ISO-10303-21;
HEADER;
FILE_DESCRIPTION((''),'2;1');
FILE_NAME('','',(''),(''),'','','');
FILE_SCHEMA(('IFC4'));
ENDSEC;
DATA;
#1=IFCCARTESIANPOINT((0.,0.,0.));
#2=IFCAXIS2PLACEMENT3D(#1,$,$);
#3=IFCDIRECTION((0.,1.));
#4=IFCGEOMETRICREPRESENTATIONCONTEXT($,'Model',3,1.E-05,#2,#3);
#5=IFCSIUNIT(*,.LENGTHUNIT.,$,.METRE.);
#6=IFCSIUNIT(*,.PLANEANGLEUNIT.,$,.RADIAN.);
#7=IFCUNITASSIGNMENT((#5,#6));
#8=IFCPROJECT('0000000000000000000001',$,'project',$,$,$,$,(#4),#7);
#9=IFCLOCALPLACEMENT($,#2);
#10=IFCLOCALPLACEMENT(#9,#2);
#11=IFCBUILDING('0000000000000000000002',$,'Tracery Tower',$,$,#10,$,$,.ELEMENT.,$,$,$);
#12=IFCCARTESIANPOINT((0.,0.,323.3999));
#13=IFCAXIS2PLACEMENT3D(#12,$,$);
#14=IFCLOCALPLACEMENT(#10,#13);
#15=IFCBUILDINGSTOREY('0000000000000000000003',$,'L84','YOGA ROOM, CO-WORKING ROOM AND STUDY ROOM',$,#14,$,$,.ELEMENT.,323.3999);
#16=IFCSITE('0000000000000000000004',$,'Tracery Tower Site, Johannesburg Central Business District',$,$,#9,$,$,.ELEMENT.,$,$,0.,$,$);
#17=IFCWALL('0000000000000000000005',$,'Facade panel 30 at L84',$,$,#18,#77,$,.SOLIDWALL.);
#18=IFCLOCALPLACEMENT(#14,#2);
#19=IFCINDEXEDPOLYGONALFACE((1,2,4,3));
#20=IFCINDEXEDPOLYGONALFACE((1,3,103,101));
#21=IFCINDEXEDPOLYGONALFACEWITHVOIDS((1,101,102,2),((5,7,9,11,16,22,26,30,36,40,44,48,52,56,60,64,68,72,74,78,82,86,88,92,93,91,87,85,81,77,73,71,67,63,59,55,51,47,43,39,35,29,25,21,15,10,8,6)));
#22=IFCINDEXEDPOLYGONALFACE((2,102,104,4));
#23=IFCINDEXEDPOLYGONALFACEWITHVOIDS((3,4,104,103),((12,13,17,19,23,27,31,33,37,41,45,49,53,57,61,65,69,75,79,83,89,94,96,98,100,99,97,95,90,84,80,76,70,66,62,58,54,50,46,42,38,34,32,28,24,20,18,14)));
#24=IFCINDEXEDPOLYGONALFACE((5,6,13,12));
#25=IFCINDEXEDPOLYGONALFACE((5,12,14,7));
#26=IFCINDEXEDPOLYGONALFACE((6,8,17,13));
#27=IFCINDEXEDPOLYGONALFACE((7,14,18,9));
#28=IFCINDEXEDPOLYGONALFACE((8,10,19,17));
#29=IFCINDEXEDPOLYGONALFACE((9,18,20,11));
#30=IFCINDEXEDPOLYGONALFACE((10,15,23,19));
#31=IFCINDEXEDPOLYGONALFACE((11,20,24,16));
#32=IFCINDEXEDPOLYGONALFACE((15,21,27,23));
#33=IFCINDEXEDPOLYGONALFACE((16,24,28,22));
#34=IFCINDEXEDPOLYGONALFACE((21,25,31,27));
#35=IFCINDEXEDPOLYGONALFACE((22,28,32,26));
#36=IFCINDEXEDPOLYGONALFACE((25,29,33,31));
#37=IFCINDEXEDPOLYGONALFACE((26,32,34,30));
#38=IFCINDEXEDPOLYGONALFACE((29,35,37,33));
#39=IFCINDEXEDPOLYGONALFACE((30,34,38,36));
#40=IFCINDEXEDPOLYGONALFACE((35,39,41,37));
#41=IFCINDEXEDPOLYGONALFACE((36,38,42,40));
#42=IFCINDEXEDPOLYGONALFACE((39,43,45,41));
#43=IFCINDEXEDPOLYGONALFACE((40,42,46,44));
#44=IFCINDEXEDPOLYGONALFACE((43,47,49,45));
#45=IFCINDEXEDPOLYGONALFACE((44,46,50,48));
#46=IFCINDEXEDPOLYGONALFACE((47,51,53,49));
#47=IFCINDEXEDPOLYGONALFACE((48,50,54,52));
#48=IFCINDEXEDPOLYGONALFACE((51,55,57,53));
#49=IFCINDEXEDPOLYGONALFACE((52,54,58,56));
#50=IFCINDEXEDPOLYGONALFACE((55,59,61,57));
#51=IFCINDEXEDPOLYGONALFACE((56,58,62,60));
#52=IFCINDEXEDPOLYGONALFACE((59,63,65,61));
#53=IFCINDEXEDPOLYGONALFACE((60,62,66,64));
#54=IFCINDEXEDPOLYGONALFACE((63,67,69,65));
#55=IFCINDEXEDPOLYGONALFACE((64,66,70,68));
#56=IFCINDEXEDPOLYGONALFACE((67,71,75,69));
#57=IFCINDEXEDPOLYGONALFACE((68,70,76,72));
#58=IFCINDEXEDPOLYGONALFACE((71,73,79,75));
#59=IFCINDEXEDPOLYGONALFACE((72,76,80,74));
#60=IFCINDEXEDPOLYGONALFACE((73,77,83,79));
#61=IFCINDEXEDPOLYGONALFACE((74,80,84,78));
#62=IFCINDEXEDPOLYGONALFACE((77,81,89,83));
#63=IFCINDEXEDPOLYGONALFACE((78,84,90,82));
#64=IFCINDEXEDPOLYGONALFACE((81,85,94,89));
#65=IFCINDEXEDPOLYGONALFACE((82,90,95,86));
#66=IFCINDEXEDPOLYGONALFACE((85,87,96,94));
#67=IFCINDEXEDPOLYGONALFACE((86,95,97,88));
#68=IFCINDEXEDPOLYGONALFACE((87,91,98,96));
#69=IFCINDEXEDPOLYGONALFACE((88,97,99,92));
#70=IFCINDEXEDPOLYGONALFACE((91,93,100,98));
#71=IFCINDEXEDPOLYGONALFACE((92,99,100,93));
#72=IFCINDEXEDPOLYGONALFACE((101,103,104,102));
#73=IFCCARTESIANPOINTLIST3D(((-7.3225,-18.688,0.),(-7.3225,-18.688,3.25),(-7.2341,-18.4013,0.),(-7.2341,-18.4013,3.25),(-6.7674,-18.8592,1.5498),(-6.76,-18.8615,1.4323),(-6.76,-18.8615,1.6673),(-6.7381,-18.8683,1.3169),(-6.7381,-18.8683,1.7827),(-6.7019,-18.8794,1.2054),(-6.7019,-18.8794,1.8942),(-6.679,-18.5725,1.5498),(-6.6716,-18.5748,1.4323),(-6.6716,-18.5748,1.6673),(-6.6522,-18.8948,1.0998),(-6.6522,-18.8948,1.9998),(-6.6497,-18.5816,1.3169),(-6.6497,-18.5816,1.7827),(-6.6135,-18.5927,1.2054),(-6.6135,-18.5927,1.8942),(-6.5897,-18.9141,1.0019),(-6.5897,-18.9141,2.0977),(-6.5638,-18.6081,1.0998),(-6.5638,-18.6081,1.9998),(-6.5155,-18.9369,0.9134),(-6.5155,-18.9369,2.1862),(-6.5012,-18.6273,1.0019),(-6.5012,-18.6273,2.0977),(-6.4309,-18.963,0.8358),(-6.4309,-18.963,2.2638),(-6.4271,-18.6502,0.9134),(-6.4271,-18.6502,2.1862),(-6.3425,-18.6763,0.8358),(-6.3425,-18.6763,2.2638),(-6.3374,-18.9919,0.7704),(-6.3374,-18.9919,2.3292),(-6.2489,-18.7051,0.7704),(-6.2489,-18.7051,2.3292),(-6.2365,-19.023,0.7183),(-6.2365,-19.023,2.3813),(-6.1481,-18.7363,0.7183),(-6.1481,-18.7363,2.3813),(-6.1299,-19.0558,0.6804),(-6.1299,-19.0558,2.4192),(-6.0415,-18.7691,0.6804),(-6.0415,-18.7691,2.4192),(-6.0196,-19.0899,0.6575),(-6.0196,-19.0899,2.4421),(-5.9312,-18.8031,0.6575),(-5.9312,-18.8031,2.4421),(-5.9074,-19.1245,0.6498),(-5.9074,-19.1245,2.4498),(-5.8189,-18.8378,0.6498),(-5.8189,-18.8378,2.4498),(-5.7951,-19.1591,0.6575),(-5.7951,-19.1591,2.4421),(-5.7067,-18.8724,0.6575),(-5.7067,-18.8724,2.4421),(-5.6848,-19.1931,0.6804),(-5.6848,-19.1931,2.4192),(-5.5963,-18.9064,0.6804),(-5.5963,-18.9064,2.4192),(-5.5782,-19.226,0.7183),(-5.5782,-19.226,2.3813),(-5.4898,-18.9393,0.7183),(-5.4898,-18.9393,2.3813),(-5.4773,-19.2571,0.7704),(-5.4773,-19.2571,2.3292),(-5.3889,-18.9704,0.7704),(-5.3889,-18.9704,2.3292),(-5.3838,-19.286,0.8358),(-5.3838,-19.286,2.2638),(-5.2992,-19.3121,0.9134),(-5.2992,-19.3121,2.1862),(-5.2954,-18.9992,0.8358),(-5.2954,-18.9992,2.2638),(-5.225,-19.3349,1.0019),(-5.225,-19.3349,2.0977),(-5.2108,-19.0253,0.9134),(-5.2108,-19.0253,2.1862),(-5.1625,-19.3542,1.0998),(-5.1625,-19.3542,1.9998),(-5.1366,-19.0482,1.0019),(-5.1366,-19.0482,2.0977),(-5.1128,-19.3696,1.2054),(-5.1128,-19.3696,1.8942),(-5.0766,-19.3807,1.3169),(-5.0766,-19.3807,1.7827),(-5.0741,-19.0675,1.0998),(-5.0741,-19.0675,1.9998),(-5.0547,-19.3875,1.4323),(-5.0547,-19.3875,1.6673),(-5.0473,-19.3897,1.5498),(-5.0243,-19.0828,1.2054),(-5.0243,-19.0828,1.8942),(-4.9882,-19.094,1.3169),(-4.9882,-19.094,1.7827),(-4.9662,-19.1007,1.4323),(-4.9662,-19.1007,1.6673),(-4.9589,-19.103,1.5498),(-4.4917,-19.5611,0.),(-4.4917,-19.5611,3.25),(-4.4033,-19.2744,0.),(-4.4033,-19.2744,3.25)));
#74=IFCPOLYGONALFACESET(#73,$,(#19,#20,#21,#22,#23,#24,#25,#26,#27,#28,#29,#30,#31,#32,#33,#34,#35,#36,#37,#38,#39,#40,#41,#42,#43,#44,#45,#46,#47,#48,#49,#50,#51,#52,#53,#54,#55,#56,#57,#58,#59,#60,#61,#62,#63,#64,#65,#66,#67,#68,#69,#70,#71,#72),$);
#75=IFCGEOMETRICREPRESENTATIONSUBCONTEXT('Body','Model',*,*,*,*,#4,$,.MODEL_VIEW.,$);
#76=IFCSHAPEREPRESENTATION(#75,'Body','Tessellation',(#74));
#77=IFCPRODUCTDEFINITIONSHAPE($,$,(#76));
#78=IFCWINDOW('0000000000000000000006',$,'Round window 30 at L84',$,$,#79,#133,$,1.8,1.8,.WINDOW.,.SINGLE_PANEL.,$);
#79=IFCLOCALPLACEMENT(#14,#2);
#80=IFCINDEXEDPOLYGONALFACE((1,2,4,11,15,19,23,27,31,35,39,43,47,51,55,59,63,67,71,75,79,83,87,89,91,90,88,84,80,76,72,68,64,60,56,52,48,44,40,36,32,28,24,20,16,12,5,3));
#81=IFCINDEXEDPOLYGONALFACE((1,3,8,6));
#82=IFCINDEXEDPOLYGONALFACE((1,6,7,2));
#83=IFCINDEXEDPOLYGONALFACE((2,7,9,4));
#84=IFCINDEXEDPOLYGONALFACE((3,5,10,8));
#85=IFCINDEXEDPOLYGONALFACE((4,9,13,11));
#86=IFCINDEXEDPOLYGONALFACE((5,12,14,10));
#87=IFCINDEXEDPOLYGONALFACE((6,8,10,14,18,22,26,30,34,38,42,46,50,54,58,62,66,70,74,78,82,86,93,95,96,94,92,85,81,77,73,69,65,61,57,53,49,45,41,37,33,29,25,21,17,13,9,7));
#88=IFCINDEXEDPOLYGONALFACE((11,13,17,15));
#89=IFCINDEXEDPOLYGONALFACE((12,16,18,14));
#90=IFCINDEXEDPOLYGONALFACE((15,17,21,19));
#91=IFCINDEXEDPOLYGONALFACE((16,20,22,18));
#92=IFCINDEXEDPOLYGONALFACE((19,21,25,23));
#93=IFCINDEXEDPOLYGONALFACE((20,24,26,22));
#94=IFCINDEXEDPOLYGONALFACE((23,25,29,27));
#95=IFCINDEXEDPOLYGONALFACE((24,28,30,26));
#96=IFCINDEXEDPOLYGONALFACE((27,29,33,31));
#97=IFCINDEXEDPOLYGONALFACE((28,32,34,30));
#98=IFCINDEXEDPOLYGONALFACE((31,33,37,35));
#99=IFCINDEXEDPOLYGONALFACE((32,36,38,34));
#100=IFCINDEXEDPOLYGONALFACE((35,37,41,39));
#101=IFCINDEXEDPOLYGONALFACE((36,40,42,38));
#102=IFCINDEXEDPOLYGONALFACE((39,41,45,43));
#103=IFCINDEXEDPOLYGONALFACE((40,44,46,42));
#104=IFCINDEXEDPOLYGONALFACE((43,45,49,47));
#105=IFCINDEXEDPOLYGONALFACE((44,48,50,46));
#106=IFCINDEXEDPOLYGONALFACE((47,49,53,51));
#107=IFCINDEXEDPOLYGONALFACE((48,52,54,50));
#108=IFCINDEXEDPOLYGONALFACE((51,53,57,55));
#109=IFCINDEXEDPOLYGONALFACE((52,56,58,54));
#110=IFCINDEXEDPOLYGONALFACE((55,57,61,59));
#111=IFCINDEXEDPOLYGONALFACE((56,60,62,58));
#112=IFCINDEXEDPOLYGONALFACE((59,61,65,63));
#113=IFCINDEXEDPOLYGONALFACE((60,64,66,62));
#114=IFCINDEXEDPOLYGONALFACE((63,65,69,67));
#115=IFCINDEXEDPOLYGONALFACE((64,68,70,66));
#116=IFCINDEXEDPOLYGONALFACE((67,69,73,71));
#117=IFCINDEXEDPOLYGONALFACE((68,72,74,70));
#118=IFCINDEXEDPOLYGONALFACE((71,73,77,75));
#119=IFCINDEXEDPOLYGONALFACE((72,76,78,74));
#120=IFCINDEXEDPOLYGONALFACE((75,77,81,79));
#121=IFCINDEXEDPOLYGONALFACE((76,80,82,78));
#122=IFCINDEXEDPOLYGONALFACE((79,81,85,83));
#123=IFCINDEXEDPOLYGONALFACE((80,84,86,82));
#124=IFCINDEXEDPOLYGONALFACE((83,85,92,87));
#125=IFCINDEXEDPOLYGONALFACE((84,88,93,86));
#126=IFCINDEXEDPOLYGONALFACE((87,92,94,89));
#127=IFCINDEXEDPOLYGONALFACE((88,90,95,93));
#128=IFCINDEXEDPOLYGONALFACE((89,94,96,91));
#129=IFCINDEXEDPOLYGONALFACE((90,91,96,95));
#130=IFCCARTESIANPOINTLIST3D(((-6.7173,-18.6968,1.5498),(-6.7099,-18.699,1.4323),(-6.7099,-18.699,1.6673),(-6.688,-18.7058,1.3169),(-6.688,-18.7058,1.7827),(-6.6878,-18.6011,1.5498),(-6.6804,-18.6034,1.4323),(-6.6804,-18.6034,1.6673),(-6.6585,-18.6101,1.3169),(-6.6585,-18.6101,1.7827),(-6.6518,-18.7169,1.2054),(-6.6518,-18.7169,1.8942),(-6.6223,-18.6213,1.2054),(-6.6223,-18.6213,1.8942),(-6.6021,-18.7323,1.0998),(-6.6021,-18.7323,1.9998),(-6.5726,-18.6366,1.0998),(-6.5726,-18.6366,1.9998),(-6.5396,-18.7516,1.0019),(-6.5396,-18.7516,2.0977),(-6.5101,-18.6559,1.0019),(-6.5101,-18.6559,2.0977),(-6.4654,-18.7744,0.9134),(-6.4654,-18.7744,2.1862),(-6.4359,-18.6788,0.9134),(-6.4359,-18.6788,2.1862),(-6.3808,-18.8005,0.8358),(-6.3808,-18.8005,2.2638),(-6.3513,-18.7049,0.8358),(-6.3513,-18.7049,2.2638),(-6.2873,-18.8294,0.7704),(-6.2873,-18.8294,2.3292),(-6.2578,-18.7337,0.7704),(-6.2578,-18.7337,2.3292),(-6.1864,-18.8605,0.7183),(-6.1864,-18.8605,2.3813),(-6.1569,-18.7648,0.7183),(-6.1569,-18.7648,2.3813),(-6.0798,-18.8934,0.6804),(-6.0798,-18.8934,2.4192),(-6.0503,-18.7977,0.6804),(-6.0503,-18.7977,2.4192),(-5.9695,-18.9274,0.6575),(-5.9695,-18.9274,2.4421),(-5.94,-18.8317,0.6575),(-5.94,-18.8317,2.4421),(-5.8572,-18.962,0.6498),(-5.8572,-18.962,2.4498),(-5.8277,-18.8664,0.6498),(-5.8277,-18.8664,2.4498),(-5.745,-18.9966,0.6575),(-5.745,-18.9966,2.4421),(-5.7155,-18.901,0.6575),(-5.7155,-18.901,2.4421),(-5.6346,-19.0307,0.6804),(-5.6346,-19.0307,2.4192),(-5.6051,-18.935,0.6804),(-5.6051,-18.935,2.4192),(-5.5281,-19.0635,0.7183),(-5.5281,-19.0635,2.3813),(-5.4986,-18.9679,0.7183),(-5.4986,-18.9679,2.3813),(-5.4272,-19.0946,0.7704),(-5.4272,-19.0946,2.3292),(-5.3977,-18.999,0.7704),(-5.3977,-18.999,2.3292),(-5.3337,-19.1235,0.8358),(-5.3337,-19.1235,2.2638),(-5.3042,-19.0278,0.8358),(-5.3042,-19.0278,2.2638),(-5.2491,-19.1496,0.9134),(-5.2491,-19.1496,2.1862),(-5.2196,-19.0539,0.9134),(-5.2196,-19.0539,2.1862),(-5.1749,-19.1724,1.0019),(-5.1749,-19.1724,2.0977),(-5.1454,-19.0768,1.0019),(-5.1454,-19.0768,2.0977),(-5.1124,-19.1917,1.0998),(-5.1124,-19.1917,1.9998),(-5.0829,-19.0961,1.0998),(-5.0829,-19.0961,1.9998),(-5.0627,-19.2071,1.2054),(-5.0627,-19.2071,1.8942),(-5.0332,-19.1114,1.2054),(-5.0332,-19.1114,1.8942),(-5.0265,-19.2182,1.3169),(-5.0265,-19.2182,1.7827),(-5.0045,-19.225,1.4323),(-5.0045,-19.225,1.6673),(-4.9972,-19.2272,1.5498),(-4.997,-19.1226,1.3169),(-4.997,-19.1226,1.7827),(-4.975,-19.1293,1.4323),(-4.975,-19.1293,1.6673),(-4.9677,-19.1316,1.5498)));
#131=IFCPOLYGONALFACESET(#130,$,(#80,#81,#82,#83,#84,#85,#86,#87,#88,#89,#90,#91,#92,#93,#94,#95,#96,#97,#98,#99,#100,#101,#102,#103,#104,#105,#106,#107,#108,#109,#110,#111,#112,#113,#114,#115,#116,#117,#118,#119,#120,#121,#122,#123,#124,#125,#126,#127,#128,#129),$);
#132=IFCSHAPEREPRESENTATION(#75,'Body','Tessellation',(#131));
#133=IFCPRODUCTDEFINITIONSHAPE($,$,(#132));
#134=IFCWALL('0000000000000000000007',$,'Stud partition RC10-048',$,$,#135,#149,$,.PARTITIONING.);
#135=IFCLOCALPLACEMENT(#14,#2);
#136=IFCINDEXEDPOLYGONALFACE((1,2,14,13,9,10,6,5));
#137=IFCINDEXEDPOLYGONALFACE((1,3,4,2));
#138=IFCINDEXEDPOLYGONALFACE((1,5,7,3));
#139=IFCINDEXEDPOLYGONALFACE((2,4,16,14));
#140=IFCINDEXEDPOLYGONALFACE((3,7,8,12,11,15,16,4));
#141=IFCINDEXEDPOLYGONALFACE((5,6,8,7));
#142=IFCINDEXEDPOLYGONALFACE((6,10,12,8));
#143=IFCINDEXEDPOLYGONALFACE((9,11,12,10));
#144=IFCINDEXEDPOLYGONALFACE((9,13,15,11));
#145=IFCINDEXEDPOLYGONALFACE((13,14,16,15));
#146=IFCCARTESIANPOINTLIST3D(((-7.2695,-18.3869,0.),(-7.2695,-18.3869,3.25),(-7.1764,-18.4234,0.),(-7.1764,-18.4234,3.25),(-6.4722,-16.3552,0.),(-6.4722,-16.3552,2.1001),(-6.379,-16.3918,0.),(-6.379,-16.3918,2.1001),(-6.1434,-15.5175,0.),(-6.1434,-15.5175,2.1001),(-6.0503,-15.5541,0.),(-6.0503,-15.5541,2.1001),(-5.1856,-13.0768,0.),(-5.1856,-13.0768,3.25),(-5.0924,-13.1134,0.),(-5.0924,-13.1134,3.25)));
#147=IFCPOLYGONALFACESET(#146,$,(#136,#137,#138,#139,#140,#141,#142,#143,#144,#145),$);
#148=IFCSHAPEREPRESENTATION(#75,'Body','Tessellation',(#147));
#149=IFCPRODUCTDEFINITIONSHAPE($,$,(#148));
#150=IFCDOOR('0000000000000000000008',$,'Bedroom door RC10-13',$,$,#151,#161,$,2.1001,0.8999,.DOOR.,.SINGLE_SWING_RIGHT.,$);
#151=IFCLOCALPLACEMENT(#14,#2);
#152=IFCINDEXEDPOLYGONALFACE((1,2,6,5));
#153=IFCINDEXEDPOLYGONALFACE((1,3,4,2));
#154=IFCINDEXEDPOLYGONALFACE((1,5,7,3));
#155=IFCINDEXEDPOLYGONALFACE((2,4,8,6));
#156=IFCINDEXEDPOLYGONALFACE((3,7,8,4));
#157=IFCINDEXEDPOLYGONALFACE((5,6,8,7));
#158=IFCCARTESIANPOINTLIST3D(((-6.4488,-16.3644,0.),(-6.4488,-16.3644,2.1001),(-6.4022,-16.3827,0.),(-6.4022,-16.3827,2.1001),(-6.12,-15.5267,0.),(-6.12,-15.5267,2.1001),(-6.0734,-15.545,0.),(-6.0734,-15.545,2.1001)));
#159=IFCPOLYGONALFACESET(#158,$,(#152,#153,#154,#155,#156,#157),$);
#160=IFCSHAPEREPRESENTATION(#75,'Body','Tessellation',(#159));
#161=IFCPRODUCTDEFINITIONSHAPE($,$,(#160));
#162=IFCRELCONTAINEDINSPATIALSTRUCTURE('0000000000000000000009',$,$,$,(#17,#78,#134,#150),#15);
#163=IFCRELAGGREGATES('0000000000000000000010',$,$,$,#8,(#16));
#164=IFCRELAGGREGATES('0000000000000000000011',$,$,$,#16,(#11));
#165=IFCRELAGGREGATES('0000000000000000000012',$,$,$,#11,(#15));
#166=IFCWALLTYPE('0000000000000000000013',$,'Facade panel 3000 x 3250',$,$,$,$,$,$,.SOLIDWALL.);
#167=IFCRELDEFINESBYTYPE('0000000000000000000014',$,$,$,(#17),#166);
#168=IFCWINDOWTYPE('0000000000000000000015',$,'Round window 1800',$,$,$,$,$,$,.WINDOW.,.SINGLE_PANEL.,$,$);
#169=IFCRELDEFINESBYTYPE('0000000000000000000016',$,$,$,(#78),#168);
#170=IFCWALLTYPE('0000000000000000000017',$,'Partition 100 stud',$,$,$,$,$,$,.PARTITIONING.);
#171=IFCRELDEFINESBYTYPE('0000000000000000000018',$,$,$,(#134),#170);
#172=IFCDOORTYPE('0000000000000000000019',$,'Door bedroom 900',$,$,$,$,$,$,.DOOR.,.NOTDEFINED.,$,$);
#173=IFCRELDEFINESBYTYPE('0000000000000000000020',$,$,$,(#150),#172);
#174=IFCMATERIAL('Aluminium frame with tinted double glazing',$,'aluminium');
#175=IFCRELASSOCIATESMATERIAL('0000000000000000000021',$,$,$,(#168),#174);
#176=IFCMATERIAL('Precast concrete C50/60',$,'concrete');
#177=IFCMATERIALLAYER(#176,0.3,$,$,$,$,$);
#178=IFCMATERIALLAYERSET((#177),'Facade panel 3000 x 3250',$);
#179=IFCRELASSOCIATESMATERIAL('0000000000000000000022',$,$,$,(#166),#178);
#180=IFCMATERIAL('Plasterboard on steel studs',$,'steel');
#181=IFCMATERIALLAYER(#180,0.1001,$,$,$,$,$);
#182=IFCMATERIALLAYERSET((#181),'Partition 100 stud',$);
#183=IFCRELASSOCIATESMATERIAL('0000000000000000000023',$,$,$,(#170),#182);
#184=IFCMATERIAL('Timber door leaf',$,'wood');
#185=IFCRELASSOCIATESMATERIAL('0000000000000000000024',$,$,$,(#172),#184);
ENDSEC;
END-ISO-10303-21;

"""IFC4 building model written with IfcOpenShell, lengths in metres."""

from ifc_helpers import new_model, si_unit, direction, frame, frame_2d, origin, origin_2d, place, context, subcontext, project, spatial, rectangle, circle, extrude, material, layer, layer_set, type_object, element, fill, save


model = new_model("IFC4")

# Units and contexts
model_context = context("Model", 3, precision=1e-05, world=origin(), true_north=direction((0.0, 1.0)))
body_context = subcontext(model_context, "Body", "Model", "MODEL_VIEW")
ifc_project = project(units=[si_unit("LENGTHUNIT", "METRE"), si_unit("PLANEANGLEUNIT", "RADIAN")], contexts=[model_context])

# Site, building, storey
site_placement = place(None, origin())
site = spatial("IfcSite", under=ifc_project, at=site_placement, Name="Tracery Tower Site, Johannesburg Central Business District", CompositionType="ELEMENT", RefElevation=0.0)
building_placement = place(site_placement, origin())
building = spatial("IfcBuilding", under=site, at=building_placement, Name="Tracery Tower", CompositionType="ELEMENT")
storey_placement = place(building_placement, frame((0.0, 0.0, 323.3999)))
storey = spatial("IfcBuildingStorey", under=building, at=storey_placement, Name="L84", Description="YOGA ROOM, CO-WORKING ROOM AND STUDY ROOM", CompositionType="ELEMENT", Elevation=323.3999)

# Wall, opening, window
ifc_material_1 = material(Name="Aluminium frame with tinted double glazing", Category="aluminium")
window_type = type_object("IfcWindowType", Name="Round window 1800", PartitioningType="SINGLE_PANEL", PredefinedType="WINDOW", material=ifc_material_1)
ifc_material_2 = material(Name="Precast concrete C50/60", Category="concrete")
ifc_layer_1 = layer(ifc_material_2, 0.3)
ifc_layer_set_1 = layer_set([ifc_layer_1], Name="Facade panel 3000 x 3250")
wall_type_1 = type_object("IfcWallType", Name="Facade panel 3000 x 3250", PredefinedType="SOLIDWALL", material=ifc_layer_set_1)
wall_1_placement = place(storey_placement, frame((-7.2783, -18.5447, 0.0), z_axis=(0.0, 0.0, 1.0), x_axis=(0.955586, -0.294711, 0.0)))
wall_1 = element("IfcWall", 1, at=wall_1_placement, inside=storey, type_object=wall_type_1, Name="Facade panel 30 at L84", PredefinedType="SOLIDWALL", context=body_context, shape_type="SweptSolid", body=[
    extrude(rectangle(XDim=2.9624, YDim=0.3, at=frame_2d((1.4812, 0.0))), origin(), (0.0, 0.0, 1.0), 3.25),
])
opening_1_placement = place(wall_1_placement, frame((1.481, 0.0, 1.5498)))
opening_1 = element("IfcOpeningElement", 2, at=opening_1_placement, cuts=wall_1, PredefinedType="OPENING", context=body_context, shape_type="SweptSolid", body=[
    extrude(circle(Radius=0.9, at=origin_2d()), frame((0.0, 0.1599, 0.0), z_axis=(0.0, -1.0, 0.0), x_axis=(1.0, 0.0, 0.0)), (0.0, 0.0, 1.0), 0.3201),
])
window_1_placement = place(opening_1_placement, origin())
window_1 = element("IfcWindow", 3, at=window_1_placement, inside=storey, type_object=window_type, Name="Round window 30 at L84", OverallHeight=1.8, OverallWidth=1.8, PartitioningType="SINGLE_PANEL", PredefinedType="WINDOW", context=body_context, shape_type="SweptSolid", body=[
    extrude(circle(Radius=0.9, at=origin_2d()), frame((0.0, 0.1201, 0.0), z_axis=(0.0, -1.0, 0.0), x_axis=(1.0, 0.0, 0.0)), (0.0, 0.0, 1.0), 0.1001),
])
fill(opening_1, window_1)

# Wall, opening, door
ifc_material_3 = material(Name="Plasterboard on steel studs", Category="steel")
ifc_layer_2 = layer(ifc_material_3, 0.1001)
ifc_layer_set_2 = layer_set([ifc_layer_2], Name="Partition 100 stud")
wall_type_2 = type_object("IfcWallType", Name="Partition 100 stud", PredefinedType="PARTITIONING", material=ifc_layer_set_2)
wall_2_placement = place(storey_placement, frame((-7.2229, -18.405, 0.0), z_axis=(0.0, 0.0, 1.0), x_axis=(0.365332, 0.930877, 0.0)))
wall_2 = element("IfcWall", 4, at=wall_2_placement, inside=storey, type_object=wall_type_2, Name="Stud partition RC10-048", PredefinedType="PARTITIONING", context=body_context, shape_type="SweptSolid", body=[
    extrude(rectangle(XDim=5.7043, YDim=0.1001, at=frame_2d((2.8521, 0.0))), origin(), (0.0, 0.0, 1.0), 3.25),
])
opening_2_placement = place(wall_2_placement, frame((2.1824, 0.0, 0.0)))
opening_2 = element("IfcOpeningElement", 5, at=opening_2_placement, cuts=wall_2, PredefinedType="OPENING", context=body_context, shape_type="SweptSolid", body=[
    extrude(rectangle(XDim=0.8999, YDim=2.1001, at=frame_2d((0.45, 1.05))), frame((0.0, 0.05, 0.0), z_axis=(0.0, -1.0, 0.0), x_axis=(1.0, 0.0, 0.0)), (0.0, 0.0, 1.0), 0.1001),
])
ifc_material_4 = material(Name="Timber door leaf", Category="wood")
door_type_1 = type_object("IfcDoorType", Name="Door bedroom 900", OperationType="NOTDEFINED", PredefinedType="DOOR", material=ifc_material_4)
door_1_placement = place(opening_2_placement, origin())
door_1 = element("IfcDoor", 6, at=door_1_placement, inside=storey, type_object=door_type_1, Name="Bedroom door RC10-13", OperationType="SINGLE_SWING_RIGHT", OverallHeight=2.1001, OverallWidth=0.8999, PredefinedType="DOOR", context=body_context, shape_type="SweptSolid", body=[
    extrude(rectangle(XDim=0.8999, YDim=2.1001, at=frame_2d((0.45, 1.05))), frame((0.0, 0.0249, 0.0), z_axis=(0.0, -1.0, 0.0), x_axis=(1.0, 0.0, 0.0)), (0.0, 0.0, 1.0), 0.05),
])
fill(opening_2, door_1)

save(model, "model.ifc")
